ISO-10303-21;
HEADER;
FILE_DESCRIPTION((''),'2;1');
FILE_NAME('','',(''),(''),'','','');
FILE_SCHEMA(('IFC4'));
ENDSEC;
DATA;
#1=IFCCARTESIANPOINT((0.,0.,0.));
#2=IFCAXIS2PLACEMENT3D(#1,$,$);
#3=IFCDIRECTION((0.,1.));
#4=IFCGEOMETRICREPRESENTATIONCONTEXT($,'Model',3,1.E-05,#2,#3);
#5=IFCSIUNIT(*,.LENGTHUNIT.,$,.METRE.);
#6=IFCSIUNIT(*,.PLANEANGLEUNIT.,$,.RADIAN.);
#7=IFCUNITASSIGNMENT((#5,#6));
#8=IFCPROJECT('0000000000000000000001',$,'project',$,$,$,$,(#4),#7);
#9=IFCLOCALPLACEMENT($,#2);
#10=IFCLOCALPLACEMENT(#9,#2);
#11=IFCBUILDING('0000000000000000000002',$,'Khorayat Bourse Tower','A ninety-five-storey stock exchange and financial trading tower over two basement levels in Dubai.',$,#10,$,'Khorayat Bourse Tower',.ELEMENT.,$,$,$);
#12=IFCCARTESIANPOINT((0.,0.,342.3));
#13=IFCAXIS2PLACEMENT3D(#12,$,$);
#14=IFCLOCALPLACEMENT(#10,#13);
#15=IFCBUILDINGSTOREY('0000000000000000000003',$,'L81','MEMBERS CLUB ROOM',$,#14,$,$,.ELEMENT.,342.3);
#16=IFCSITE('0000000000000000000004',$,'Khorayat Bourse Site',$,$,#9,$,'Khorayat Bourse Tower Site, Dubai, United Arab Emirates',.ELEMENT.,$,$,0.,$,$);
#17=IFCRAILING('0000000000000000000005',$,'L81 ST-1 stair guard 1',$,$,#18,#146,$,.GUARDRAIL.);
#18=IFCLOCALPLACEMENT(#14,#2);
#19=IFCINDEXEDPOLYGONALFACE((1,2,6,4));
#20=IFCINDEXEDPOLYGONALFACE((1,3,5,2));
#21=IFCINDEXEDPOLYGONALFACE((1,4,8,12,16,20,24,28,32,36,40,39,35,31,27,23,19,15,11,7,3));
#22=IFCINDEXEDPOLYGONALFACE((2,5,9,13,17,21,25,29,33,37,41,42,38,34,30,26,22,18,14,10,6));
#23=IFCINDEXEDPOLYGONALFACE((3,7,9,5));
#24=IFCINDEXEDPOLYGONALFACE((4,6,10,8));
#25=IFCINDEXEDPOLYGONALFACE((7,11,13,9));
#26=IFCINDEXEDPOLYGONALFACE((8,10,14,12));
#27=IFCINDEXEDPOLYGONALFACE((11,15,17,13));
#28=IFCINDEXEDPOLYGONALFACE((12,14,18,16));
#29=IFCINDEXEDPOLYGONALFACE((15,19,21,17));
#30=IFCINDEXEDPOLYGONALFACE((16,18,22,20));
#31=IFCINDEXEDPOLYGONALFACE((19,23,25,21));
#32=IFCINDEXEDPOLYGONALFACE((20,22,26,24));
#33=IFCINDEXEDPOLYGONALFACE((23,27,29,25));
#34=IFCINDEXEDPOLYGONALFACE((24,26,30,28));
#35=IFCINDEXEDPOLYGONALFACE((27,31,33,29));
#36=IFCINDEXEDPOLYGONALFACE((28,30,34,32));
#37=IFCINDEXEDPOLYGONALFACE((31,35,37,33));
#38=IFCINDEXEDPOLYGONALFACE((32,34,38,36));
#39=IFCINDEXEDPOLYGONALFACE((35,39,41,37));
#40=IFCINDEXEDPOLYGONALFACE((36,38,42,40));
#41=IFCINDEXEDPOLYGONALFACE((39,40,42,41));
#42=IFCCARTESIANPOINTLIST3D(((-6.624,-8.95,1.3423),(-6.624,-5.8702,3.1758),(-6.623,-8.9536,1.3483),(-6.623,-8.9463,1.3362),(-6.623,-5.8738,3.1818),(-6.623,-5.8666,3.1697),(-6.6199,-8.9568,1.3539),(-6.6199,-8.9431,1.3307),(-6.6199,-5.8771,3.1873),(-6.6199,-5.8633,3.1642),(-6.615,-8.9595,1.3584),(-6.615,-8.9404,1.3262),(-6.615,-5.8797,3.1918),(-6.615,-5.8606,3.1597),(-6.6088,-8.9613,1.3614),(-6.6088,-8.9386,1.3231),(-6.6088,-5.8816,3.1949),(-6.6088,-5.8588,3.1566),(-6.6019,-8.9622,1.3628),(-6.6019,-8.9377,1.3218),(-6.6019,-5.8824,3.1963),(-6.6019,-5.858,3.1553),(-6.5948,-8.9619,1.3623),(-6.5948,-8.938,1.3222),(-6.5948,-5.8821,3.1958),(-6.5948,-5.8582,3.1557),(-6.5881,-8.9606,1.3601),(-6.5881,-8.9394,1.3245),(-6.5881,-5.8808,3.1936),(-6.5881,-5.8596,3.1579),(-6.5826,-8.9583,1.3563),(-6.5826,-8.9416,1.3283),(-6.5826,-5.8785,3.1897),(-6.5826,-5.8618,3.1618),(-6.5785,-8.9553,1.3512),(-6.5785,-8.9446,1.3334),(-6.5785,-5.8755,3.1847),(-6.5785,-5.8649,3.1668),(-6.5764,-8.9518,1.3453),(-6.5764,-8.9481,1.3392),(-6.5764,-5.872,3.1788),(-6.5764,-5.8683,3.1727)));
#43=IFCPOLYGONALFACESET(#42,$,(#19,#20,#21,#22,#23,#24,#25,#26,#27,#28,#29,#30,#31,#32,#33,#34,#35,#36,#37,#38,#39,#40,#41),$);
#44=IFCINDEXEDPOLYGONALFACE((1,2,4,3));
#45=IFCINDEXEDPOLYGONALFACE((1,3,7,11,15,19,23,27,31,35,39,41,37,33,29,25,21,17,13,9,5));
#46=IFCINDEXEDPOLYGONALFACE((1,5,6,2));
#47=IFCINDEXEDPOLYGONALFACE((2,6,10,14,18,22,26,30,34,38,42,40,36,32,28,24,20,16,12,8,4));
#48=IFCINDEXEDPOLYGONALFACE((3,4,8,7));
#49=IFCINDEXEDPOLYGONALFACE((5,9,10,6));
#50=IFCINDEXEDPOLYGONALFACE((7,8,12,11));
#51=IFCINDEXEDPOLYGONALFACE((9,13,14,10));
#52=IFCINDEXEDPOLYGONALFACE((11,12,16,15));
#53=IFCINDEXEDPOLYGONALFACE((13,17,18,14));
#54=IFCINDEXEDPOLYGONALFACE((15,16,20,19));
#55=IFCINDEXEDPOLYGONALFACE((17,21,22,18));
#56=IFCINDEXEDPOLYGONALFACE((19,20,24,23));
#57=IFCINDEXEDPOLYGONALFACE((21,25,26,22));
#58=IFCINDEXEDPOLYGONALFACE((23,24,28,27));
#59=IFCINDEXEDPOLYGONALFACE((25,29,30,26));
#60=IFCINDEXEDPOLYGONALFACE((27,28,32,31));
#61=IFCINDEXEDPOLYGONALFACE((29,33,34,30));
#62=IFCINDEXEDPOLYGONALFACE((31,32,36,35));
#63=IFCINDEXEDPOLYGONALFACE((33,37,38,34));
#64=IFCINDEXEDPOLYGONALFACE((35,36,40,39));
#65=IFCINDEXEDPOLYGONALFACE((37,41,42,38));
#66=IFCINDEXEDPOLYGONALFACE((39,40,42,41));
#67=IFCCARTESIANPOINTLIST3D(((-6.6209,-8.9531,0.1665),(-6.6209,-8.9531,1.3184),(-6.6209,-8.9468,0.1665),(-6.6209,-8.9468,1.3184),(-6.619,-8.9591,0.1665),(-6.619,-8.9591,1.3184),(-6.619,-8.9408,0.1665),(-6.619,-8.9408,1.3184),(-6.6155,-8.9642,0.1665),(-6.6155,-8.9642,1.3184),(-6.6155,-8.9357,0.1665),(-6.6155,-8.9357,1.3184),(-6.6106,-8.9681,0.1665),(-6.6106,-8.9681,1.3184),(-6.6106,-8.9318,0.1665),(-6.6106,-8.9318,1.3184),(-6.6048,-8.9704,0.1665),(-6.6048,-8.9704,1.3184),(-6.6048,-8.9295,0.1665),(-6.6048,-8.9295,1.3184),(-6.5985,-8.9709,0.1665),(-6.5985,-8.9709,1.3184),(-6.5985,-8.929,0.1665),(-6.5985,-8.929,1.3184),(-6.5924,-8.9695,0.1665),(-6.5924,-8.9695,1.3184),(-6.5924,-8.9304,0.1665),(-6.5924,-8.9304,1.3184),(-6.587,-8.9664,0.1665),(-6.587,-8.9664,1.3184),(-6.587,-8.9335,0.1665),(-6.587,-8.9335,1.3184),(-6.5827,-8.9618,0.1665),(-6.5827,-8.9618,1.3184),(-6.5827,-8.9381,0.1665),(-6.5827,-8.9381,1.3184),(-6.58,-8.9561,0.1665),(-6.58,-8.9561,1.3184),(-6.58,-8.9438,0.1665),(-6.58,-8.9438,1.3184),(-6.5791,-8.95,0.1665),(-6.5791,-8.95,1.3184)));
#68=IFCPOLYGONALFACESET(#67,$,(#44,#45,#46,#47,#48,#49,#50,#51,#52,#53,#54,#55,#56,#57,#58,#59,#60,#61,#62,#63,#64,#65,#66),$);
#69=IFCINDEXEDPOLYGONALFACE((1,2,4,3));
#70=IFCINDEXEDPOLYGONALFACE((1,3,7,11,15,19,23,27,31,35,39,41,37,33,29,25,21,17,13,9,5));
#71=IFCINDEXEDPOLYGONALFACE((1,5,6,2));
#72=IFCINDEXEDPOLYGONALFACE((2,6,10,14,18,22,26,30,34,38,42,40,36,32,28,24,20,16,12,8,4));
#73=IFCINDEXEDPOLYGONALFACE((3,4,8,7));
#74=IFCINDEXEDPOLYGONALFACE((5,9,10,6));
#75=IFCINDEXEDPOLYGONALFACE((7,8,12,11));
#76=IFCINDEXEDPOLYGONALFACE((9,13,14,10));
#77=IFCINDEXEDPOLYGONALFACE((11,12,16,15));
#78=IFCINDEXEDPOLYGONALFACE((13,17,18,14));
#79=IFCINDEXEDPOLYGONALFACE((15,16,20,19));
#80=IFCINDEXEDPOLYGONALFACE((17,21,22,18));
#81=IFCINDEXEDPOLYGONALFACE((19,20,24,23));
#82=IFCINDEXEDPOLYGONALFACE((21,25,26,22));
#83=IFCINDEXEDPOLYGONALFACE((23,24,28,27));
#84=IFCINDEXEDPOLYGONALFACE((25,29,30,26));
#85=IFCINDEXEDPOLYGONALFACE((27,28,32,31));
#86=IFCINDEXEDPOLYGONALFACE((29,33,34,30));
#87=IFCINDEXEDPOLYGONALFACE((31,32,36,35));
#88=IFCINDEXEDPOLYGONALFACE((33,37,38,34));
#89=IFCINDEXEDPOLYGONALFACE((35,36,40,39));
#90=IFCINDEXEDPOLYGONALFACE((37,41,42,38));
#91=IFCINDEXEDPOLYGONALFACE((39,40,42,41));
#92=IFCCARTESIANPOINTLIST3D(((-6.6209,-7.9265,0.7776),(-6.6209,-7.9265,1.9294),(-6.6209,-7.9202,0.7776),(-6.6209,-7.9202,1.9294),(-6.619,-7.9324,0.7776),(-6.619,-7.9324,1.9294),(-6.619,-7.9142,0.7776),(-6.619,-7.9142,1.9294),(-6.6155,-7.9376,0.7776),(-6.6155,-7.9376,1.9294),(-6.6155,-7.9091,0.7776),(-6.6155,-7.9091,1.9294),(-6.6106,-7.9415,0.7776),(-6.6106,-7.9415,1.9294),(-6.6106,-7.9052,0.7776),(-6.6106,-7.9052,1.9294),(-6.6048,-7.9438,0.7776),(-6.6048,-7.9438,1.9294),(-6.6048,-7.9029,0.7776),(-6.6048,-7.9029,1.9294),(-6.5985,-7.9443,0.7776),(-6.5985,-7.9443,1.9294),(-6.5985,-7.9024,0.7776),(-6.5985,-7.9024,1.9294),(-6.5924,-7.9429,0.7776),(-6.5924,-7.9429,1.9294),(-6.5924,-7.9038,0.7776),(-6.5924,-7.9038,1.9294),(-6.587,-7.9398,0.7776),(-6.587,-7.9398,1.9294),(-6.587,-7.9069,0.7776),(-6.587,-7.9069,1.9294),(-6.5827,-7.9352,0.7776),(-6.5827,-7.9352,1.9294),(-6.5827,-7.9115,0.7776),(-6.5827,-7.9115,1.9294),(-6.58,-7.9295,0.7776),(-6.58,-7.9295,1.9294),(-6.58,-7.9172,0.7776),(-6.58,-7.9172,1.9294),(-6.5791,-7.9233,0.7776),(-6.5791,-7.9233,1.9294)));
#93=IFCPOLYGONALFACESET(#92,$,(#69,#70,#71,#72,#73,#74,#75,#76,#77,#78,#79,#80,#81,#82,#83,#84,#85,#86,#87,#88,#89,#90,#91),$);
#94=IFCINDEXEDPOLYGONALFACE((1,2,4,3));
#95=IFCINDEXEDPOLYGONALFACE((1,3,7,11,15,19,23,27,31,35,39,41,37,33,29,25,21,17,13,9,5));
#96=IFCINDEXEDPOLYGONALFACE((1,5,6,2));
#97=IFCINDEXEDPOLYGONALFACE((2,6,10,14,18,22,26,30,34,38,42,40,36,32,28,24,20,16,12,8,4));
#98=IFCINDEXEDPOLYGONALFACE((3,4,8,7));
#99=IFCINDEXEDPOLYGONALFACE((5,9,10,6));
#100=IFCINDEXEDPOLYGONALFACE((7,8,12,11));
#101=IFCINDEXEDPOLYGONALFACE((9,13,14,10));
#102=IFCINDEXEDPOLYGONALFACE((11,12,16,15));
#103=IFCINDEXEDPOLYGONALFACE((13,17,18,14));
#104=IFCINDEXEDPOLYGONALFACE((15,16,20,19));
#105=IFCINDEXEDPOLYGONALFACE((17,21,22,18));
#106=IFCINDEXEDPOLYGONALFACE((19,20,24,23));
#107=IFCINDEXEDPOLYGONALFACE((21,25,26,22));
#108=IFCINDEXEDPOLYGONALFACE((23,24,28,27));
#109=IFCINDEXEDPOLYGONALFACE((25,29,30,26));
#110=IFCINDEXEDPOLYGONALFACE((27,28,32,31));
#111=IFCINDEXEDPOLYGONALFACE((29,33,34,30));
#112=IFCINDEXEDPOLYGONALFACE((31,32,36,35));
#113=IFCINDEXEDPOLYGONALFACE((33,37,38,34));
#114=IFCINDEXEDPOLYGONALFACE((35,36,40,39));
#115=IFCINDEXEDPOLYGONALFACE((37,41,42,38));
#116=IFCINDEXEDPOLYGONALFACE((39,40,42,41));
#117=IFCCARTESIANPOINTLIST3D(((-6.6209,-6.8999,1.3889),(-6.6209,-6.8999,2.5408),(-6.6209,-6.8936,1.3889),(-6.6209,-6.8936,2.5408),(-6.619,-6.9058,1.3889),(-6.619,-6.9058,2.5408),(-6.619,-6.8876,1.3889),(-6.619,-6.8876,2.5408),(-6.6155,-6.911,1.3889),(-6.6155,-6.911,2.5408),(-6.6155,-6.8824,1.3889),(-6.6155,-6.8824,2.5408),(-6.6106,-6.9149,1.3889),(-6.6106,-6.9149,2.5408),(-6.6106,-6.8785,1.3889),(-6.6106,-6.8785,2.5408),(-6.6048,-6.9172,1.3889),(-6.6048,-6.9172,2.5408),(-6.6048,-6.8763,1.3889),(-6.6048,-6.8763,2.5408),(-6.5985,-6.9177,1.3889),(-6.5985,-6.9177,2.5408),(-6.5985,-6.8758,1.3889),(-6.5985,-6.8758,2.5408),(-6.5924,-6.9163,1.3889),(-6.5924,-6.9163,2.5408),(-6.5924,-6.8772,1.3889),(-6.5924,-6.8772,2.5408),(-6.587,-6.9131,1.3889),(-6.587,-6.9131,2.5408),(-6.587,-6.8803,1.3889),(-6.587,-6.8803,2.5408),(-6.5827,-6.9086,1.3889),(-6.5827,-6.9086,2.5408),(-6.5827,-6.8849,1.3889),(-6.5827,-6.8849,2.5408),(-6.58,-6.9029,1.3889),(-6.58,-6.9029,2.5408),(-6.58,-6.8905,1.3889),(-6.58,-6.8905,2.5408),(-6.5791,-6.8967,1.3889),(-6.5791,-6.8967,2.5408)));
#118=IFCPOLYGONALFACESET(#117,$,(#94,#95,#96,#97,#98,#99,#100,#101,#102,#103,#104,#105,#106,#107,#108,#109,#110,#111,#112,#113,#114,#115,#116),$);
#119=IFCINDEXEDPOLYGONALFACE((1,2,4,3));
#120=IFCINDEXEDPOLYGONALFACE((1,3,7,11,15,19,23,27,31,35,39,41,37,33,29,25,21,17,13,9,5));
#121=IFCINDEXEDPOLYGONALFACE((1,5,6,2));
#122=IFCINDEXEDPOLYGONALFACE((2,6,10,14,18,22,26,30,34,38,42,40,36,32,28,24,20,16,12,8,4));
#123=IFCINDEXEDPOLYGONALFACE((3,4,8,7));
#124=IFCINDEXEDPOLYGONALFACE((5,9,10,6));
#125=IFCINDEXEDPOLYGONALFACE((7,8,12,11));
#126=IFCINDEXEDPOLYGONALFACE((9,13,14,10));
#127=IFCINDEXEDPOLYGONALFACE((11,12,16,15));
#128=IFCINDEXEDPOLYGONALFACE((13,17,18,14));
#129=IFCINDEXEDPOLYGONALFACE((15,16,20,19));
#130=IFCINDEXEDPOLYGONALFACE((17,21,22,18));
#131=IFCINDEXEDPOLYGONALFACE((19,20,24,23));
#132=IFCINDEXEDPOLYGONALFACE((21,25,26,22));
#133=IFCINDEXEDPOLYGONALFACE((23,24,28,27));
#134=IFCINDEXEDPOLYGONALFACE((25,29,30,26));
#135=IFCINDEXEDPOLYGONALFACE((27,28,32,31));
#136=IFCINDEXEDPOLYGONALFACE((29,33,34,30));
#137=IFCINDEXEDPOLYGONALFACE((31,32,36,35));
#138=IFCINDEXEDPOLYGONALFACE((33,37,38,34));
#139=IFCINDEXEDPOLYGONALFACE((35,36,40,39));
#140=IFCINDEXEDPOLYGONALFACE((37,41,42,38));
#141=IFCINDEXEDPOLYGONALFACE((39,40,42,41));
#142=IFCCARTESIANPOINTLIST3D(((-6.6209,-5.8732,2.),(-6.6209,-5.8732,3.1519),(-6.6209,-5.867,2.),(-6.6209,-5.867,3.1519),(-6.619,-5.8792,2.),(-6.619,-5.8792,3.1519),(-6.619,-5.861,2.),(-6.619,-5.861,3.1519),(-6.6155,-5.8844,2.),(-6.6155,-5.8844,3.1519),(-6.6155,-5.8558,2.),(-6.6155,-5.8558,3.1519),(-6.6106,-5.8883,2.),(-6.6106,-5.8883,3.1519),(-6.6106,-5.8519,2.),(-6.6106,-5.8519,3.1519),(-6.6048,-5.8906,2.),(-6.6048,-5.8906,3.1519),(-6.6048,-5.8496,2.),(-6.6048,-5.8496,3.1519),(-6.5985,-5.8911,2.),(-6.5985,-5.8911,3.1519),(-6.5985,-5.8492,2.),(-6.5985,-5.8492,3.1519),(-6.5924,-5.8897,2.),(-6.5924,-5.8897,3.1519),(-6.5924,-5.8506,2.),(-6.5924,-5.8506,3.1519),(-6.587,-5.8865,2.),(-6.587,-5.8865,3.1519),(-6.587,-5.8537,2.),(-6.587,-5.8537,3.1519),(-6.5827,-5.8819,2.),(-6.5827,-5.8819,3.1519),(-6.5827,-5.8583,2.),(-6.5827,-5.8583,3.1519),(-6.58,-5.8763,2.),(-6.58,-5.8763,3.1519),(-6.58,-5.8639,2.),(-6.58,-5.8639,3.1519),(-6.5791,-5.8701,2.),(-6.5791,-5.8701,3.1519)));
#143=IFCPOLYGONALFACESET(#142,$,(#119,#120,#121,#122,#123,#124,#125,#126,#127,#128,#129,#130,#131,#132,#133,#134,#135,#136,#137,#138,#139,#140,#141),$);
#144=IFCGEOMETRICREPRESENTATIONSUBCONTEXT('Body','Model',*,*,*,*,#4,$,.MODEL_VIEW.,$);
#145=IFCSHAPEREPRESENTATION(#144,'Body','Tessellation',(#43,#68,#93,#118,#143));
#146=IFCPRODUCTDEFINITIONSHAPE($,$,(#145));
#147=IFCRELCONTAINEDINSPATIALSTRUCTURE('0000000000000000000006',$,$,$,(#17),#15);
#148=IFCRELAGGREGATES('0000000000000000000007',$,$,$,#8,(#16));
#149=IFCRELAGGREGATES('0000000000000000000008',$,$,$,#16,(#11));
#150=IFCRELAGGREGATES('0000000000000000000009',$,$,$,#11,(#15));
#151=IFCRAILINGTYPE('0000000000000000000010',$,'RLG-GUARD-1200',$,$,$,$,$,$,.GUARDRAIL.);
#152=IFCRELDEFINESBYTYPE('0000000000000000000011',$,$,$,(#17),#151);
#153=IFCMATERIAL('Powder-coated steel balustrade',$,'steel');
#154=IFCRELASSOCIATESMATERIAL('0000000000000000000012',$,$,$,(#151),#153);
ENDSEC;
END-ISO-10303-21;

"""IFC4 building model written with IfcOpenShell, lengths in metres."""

from ifc_helpers import new_model, si_unit, direction, frame, origin, origin_2d, place, context, subcontext, project, spatial, circle, extrude, source, transform, mapped, material, type_object, element, save


model = new_model("IFC4")

# Units and contexts
model_context = context("Model", 3, precision=1e-05, world=origin(), true_north=direction((0.0, 1.0)))
body_context = subcontext(model_context, "Body", "Model", "MODEL_VIEW")
ifc_project = project(units=[si_unit("LENGTHUNIT", "METRE"), si_unit("PLANEANGLEUNIT", "RADIAN")], contexts=[model_context])

# Site, building, storey
site_placement = place(None, origin())
site = spatial("IfcSite", under=ifc_project, at=site_placement, Name="Khorayat Bourse Site", LongName="Khorayat Bourse Tower Site, Dubai, United Arab Emirates", CompositionType="ELEMENT", RefElevation=0.0)
building_placement = place(site_placement, origin())
building = spatial("IfcBuilding", under=site, at=building_placement, Name="Khorayat Bourse Tower", Description="A ninety-five-storey stock exchange and financial trading tower over two basement levels in Dubai.", LongName="Khorayat Bourse Tower", CompositionType="ELEMENT")
storey_placement = place(building_placement, frame((0.0, 0.0, 342.3)))
storey = spatial("IfcBuildingStorey", under=building, at=storey_placement, Name="L81", Description="MEMBERS CLUB ROOM", CompositionType="ELEMENT", Elevation=342.3)

# Railing
ifc_material_1 = material(Name="Powder-coated steel balustrade", Category="steel")
railing_type_1 = type_object("IfcRailingType", Name="RLG-GUARD-1200", PredefinedType="GUARDRAIL", material=ifc_material_1)
shared_shape_1 = source(origin(), body_context, "Body", "SweptSolid", [
    extrude(circle(Radius=0.0239, at=origin_2d()), frame((0.0, 0.0, 1.1758), z_axis=(0.0, 0.859261, 0.511538), x_axis=(-1.0, 0.0, 0.0)), (0.0, 0.0, 1.0), 3.5842),
    extrude(circle(Radius=0.021, at=origin_2d()), origin(), (0.0, 0.0, 1.0), 1.1519),
    extrude(circle(Radius=0.021, at=origin_2d()), frame((0.0, 1.0266, 0.6111)), (0.0, 0.0, 1.0), 1.1519),
    extrude(circle(Radius=0.021, at=origin_2d()), frame((0.0, 2.0532, 1.2224)), (0.0, 0.0, 1.0), 1.1519),
    extrude(circle(Radius=0.021, at=origin_2d()), frame((0.0, 3.0798, 1.8335)), (0.0, 0.0, 1.0), 1.1519),
])
railing_1_placement = place(storey_placement, frame((-6.6001, -8.95, 0.1665)))
element("IfcRailing", 1, at=railing_1_placement, inside=storey, type_object=railing_type_1, Name="L81 ST-1 stair guard 1", PredefinedType="GUARDRAIL", context=body_context, shape_type="MappedRepresentation", body=[
    mapped(shared_shape_1, transform((0.0, 0.0, 0.0), scale=1.0)),
])

save(model, "model.ifc")
